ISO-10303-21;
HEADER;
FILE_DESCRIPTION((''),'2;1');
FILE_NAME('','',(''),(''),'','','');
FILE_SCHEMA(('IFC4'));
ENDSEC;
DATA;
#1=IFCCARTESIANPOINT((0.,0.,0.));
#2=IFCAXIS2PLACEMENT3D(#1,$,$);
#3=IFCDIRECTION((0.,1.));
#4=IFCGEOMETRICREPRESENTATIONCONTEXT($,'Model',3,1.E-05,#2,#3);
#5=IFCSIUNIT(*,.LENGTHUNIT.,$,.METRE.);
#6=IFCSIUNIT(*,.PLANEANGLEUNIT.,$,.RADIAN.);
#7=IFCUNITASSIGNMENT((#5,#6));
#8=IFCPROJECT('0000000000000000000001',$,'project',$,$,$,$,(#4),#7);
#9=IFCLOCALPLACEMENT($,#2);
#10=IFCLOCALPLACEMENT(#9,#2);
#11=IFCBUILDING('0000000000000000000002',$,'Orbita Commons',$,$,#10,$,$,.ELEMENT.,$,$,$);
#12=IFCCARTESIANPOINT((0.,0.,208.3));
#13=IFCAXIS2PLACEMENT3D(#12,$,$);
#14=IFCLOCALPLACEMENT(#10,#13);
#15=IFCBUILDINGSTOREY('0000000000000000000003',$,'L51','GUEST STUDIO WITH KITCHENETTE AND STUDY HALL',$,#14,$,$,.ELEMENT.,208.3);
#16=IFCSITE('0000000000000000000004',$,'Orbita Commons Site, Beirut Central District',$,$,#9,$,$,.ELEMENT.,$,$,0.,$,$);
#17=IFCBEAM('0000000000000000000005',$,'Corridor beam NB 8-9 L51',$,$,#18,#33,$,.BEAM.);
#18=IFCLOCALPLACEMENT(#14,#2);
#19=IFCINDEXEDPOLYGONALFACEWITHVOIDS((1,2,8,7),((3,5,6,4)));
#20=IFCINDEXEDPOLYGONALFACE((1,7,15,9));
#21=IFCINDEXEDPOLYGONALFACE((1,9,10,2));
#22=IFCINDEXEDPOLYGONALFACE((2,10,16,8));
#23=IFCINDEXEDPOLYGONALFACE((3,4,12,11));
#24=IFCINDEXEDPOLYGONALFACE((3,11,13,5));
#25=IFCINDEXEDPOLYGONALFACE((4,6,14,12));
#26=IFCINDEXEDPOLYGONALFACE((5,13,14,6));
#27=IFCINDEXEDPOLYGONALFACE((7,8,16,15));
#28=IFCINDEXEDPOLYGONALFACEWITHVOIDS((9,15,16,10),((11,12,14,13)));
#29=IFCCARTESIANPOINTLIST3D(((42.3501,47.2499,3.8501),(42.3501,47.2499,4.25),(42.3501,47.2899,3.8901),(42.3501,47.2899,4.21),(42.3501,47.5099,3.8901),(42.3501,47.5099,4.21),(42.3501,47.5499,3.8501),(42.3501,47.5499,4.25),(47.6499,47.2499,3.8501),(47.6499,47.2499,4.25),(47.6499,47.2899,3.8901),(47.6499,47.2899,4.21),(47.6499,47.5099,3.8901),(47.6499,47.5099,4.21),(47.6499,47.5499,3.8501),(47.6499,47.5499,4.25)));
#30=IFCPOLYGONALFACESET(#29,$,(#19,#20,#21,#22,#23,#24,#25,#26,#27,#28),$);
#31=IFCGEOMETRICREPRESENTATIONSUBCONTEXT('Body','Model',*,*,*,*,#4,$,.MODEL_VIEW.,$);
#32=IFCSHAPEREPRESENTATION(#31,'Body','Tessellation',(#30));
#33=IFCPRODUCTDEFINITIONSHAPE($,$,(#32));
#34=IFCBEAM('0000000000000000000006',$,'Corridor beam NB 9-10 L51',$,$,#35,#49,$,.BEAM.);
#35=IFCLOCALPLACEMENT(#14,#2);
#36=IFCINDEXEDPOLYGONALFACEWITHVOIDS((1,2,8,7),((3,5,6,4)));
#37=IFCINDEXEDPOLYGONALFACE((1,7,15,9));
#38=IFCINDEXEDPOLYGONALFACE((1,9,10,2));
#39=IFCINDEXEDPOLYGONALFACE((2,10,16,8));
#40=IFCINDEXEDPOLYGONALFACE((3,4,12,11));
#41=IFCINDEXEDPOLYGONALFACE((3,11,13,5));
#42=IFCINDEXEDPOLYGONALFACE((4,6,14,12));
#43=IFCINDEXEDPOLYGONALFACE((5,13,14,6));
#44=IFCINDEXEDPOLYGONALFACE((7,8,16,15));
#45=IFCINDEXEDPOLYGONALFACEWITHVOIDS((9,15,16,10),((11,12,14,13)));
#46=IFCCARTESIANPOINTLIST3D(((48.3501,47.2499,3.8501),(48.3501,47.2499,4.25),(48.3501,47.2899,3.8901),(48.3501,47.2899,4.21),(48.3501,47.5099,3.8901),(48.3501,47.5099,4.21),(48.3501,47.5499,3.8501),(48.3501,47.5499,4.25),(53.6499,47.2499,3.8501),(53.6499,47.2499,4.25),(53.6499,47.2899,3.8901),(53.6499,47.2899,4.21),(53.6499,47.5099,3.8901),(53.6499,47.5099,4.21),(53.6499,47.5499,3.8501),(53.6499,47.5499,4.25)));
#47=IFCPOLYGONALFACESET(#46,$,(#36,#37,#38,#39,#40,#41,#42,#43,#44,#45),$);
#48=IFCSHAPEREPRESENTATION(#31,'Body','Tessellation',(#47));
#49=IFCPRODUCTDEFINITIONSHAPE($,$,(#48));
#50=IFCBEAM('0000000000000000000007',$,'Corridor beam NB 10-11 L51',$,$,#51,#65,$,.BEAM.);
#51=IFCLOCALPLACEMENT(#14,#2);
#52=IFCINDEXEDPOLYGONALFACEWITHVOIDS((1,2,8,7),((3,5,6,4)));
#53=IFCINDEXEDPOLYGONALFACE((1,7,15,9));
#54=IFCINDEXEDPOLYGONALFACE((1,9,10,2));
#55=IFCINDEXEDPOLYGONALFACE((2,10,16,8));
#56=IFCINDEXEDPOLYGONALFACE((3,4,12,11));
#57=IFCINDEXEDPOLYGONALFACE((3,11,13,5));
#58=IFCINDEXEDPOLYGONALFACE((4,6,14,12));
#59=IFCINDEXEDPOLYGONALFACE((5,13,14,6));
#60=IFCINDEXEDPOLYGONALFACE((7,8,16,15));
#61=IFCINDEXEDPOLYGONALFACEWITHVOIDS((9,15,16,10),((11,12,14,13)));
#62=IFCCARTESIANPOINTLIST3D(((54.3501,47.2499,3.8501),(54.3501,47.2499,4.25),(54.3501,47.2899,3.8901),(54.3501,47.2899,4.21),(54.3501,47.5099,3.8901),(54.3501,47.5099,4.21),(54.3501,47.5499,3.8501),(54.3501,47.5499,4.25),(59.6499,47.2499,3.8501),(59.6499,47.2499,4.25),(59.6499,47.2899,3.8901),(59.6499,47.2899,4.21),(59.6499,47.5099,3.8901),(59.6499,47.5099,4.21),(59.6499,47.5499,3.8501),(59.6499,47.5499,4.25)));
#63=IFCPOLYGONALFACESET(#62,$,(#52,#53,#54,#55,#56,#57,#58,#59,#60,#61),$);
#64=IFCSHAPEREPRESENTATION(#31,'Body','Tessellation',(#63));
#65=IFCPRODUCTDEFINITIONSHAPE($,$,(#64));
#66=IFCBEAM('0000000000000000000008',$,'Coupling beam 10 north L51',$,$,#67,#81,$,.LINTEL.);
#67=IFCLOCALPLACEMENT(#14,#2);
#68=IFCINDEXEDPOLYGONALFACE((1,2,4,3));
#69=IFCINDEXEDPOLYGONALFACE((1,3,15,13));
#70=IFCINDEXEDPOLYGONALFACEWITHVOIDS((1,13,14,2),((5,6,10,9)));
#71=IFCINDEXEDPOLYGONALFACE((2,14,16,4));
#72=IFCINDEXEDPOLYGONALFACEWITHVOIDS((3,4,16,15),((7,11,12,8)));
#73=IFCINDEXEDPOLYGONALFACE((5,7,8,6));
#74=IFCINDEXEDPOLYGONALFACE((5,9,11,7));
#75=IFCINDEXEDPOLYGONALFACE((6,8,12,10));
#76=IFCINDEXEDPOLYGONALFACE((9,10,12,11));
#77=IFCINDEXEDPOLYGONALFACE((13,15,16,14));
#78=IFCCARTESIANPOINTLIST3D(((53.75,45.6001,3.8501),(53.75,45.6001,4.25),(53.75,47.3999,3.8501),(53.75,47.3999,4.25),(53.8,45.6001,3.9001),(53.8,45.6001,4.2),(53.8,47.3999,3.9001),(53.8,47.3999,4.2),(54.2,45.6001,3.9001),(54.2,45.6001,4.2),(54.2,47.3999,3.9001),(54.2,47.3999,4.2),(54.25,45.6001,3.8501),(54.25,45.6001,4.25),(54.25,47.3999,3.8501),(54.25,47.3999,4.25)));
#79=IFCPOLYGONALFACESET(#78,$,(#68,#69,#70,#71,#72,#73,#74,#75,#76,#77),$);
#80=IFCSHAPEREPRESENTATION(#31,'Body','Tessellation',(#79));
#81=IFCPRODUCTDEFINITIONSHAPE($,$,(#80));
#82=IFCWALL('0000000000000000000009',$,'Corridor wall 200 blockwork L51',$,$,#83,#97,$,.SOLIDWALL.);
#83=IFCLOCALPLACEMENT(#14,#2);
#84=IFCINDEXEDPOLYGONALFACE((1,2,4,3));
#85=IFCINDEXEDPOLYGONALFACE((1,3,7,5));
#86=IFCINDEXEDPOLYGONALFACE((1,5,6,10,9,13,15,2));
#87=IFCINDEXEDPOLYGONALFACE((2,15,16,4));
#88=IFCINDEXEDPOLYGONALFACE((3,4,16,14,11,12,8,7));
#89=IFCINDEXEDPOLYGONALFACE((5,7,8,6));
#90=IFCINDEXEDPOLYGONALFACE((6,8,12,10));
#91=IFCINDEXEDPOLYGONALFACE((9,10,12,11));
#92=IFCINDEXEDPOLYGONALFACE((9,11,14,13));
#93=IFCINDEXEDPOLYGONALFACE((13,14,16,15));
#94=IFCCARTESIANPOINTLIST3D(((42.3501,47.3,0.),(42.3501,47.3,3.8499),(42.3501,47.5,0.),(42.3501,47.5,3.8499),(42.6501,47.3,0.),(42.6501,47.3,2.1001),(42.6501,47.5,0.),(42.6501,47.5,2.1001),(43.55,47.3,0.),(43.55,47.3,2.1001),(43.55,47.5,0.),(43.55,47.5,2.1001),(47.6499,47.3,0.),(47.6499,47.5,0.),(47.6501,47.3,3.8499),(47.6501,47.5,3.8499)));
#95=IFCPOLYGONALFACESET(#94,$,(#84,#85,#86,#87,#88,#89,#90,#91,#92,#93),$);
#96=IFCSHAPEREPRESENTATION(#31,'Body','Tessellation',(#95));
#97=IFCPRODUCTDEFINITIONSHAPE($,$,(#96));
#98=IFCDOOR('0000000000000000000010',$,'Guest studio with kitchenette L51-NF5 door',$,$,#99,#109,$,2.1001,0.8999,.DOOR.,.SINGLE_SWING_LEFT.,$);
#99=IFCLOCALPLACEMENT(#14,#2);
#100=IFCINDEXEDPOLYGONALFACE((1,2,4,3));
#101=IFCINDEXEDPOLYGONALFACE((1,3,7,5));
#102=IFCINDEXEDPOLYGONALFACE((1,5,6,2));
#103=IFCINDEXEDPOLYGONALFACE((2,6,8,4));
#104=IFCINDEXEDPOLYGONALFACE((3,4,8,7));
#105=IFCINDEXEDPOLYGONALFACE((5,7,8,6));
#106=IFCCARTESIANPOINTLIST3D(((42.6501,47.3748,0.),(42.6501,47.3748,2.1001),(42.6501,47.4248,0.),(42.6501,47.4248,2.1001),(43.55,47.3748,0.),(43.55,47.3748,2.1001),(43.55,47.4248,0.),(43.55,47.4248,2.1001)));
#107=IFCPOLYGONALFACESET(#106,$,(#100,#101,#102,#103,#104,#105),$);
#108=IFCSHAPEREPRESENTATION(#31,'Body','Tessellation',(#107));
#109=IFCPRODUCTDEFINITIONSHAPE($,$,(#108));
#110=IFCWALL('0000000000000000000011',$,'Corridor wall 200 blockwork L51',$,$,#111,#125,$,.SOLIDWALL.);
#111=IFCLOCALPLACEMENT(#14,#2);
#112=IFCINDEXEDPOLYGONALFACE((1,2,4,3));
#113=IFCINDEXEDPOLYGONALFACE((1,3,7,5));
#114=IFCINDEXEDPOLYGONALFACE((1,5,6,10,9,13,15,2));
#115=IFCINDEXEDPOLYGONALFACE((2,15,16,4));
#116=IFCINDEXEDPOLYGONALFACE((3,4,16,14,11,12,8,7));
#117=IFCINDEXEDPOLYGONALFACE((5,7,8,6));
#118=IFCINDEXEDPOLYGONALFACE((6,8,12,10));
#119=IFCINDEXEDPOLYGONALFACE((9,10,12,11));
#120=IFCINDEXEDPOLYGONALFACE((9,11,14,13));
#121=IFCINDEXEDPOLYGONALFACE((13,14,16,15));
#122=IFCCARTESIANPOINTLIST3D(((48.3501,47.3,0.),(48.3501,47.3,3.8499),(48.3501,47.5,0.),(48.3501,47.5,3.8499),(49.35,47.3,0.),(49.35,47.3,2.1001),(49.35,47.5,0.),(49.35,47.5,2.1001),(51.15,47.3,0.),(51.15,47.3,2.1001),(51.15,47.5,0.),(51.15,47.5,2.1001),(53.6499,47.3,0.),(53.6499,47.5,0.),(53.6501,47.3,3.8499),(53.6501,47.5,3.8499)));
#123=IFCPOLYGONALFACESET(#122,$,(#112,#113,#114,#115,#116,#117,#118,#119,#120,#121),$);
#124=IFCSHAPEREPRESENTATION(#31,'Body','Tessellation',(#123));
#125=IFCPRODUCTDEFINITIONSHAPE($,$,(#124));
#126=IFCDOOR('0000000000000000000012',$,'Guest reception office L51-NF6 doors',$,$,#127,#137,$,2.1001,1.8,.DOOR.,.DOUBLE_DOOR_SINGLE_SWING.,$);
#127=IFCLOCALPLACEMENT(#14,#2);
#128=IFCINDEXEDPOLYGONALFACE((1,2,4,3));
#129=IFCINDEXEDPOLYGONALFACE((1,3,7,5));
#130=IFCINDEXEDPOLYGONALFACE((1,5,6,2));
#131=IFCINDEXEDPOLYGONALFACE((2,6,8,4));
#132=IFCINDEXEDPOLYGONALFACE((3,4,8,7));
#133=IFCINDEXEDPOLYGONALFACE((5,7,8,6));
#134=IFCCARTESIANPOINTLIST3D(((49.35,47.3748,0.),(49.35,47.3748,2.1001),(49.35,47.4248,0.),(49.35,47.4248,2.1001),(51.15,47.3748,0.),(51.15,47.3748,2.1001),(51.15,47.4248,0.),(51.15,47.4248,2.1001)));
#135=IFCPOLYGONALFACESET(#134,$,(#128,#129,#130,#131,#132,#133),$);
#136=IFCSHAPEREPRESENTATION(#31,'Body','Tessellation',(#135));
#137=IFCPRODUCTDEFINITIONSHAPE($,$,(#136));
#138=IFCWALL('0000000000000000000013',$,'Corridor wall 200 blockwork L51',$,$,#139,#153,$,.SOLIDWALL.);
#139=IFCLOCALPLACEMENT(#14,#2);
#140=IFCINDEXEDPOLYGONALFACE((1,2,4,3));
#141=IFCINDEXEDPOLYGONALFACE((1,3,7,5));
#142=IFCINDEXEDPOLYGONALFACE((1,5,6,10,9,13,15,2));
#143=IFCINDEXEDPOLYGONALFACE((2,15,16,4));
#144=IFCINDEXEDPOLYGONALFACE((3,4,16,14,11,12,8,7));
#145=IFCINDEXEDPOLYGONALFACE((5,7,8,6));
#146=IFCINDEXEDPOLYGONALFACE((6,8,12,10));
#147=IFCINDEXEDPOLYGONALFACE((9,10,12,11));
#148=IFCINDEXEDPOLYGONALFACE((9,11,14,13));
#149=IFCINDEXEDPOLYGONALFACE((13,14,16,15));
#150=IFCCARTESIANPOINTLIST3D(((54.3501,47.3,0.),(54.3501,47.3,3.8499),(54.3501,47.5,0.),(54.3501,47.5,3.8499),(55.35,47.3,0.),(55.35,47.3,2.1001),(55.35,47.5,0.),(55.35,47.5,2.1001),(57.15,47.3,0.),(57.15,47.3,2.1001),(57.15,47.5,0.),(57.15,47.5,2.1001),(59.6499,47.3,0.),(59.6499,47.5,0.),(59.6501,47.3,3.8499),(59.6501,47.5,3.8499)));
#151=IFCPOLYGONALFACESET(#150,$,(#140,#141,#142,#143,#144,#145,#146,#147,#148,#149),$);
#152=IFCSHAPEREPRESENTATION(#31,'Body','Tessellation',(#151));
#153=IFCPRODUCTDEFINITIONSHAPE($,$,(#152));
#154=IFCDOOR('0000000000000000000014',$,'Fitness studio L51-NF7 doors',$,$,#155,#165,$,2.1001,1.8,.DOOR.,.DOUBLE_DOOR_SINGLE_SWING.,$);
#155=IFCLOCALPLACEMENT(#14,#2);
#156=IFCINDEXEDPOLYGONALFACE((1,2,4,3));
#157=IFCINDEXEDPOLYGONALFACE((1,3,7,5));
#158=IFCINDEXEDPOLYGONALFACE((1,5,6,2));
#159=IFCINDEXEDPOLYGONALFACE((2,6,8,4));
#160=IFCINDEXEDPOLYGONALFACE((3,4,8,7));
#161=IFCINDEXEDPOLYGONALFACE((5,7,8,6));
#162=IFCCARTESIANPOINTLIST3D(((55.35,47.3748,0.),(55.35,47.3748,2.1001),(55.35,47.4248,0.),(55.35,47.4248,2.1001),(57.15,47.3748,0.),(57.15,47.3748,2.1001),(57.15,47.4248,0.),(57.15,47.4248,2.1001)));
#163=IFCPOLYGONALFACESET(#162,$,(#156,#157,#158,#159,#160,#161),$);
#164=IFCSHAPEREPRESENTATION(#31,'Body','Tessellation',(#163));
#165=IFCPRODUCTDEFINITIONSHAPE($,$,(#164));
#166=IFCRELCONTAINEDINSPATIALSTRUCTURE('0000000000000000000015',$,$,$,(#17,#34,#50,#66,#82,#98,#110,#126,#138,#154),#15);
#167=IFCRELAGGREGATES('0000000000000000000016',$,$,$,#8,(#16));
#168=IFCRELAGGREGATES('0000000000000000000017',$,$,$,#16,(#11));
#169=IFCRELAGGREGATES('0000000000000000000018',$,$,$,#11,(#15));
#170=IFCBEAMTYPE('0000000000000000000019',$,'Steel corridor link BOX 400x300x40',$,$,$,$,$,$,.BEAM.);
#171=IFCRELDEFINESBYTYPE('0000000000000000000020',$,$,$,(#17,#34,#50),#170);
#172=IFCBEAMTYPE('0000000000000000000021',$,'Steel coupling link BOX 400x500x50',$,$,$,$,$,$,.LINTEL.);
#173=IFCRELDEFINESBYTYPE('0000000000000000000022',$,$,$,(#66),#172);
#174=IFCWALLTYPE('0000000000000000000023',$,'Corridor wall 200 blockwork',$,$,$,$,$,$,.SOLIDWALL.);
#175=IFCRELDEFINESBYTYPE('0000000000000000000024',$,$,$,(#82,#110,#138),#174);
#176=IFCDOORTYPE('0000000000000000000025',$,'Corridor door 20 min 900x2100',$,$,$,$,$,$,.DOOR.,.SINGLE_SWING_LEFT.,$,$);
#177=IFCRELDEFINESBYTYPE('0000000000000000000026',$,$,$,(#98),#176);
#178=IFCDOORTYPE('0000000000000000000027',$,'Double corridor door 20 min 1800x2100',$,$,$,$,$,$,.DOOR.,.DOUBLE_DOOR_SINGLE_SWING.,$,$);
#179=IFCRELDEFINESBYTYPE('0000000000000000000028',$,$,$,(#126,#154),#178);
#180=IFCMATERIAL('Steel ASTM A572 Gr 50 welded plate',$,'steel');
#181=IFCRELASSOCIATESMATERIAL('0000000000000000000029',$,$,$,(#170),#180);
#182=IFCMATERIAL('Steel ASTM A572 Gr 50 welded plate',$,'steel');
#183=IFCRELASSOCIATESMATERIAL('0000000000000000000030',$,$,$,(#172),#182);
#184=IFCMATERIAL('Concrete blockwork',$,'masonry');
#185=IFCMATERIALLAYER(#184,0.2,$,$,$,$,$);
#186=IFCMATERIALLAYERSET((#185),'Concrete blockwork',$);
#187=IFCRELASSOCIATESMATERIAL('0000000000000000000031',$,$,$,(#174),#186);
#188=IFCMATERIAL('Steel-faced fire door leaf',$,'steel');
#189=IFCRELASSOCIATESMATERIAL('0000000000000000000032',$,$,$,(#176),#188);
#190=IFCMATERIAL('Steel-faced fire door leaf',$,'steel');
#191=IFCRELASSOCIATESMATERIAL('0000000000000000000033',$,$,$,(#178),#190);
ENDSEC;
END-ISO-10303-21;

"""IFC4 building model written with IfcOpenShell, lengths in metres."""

from ifc_helpers import new_model, si_unit, direction, frame, frame_2d, origin, origin_2d, place, context, subcontext, project, spatial, polyline, rectangle, hollow_rectangle, outline, extrude, material, layer, layer_set, material_profile, profile_set, type_object, element, fill, save


model = new_model("IFC4")

# Units and contexts
model_context = context("Model", 3, precision=1e-05, world=origin(), true_north=direction((0.0, 1.0)))
body_context = subcontext(model_context, "Body", "Model", "MODEL_VIEW")
ifc_project = project(units=[si_unit("LENGTHUNIT", "METRE"), si_unit("PLANEANGLEUNIT", "RADIAN")], contexts=[model_context])

# Site, building, storey
site_placement = place(None, origin())
site = spatial("IfcSite", under=ifc_project, at=site_placement, Name="Orbita Commons Site, Beirut Central District", CompositionType="ELEMENT", RefElevation=0.0)
building_placement = place(site_placement, origin())
building = spatial("IfcBuilding", under=site, at=building_placement, Name="Orbita Commons", CompositionType="ELEMENT")
storey_placement = place(building_placement, frame((0.0, 0.0, 208.3)))
storey = spatial("IfcBuildingStorey", under=building, at=storey_placement, Name="L51", Description="GUEST STUDIO WITH KITCHENETTE AND STUDY HALL", CompositionType="ELEMENT", Elevation=208.3)

# Beams
ifc_material_1 = material(Name="Steel ASTM A572 Gr 50 welded plate", Category="steel")
ifc_material_profile_1 = material_profile(ifc_material_1, hollow_rectangle(XDim=0.3, YDim=0.3999, WallThickness=0.04, at=origin_2d()), Name="BOX 400x300x40")
ifc_profile_set_1 = profile_set([ifc_material_profile_1], Name="Steel ASTM A572 Gr 50 welded plate")
beam_type_1 = type_object("IfcBeamType", Name="Steel corridor link BOX 400x300x40", PredefinedType="BEAM", material=ifc_profile_set_1)
for number, where, z_axis, x_axis, name in (
    (1, (42.3501, 47.3999, 4.05), (1.0, 0.0, 0.0), (0.0, 1.0, 0.0), "Corridor beam NB 8-9 L51"),
    (2, (48.3501, 47.3999, 4.05), (1.0, 0.0, 0.0), (0.0, 1.0, 0.0), "Corridor beam NB 9-10 L51"),
    (3, (54.3501, 47.3999, 4.05), (1.0, 0.0, 0.0), (0.0, 1.0, 0.0), "Corridor beam NB 10-11 L51"),
):
    element("IfcBeam", number, at=place(storey_placement, frame(where, z_axis=z_axis, x_axis=x_axis)), inside=storey, type_object=beam_type_1, Name=name, PredefinedType="BEAM", context=body_context, shape_type="SweptSolid", body=[
        extrude(hollow_rectangle(XDim=0.3, YDim=0.3999, WallThickness=0.04, at=origin_2d()), origin(), (0.0, 0.0, 1.0), 5.2998),
    ])
ifc_material_2 = material(Name="Steel ASTM A572 Gr 50 welded plate", Category="steel")
ifc_material_profile_2 = material_profile(ifc_material_2, hollow_rectangle(XDim=0.5, YDim=0.3999, WallThickness=0.05, at=origin_2d()), Name="BOX 400x500x50")
ifc_profile_set_2 = profile_set([ifc_material_profile_2], Name="Steel ASTM A572 Gr 50 welded plate")
beam_type_2 = type_object("IfcBeamType", Name="Steel coupling link BOX 400x500x50", PredefinedType="LINTEL", material=ifc_profile_set_2)
beam_placement = place(storey_placement, frame((54.0, 45.6001, 4.05), z_axis=(0.0, 1.0, 0.0), x_axis=(-1.0, 0.0, 0.0)))
element("IfcBeam", 4, at=beam_placement, inside=storey, type_object=beam_type_2, Name="Coupling beam 10 north L51", PredefinedType="LINTEL", context=body_context, shape_type="SweptSolid", body=[
    extrude(hollow_rectangle(XDim=0.5, YDim=0.3999, WallThickness=0.05, at=origin_2d()), origin(), (0.0, 0.0, 1.0), 1.7998),
])

# Walls, openings, doors
ifc_material_3 = material(Name="Concrete blockwork", Category="masonry")
ifc_layer_1 = layer(ifc_material_3, 0.2)
ifc_layer_set_1 = layer_set([ifc_layer_1], Name="Concrete blockwork")
wall_type_1 = type_object("IfcWallType", Name="Corridor wall 200 blockwork", PredefinedType="SOLIDWALL", material=ifc_layer_set_1)
wall_1_placement = place(storey_placement, frame((42.3501, 47.3999, 0.0), z_axis=(0.0, 0.0, 1.0), x_axis=(1.0, 0.0, 0.0)))
wall_1 = element("IfcWall", 5, at=wall_1_placement, inside=storey, type_object=wall_type_1, Name="Corridor wall 200 blockwork L51", PredefinedType="SOLIDWALL", context=body_context, shape_type="SweptSolid", body=[
    extrude(outline(polyline([(0.0, 0.0), (5.2998, 0.0), (5.3, 3.8499), (0.0, 3.8499), (0.0, 0.0)])), frame((0.0, 0.1001, 0.0), z_axis=(0.0, -1.0, 0.0), x_axis=(1.0, 0.0, 0.0)), (0.0, 0.0, 1.0), 0.2),
])
opening_1_placement = place(wall_1_placement, frame((0.3, 0.0, 0.0)))
opening_1 = element("IfcOpeningElement", 6, at=opening_1_placement, cuts=wall_1, PredefinedType="OPENING", context=body_context, shape_type="SweptSolid", body=[
    extrude(rectangle(XDim=0.8999, YDim=2.1001, at=frame_2d((0.45, 1.05))), frame((0.0, 0.1099, 0.0), z_axis=(0.0, -1.0, 0.0), x_axis=(1.0, 0.0, 0.0)), (0.0, 0.0, 1.0), 0.22),
])
ifc_material_4 = material(Name="Steel-faced fire door leaf", Category="steel")
door_type_1 = type_object("IfcDoorType", Name="Corridor door 20 min 900x2100", OperationType="SINGLE_SWING_LEFT", PredefinedType="DOOR", material=ifc_material_4)
door_1_placement = place(opening_1_placement, origin())
door_1 = element("IfcDoor", 7, at=door_1_placement, inside=storey, type_object=door_type_1, Name="Guest studio with kitchenette L51-NF5 door", OperationType="SINGLE_SWING_LEFT", OverallHeight=2.1001, OverallWidth=0.8999, PredefinedType="DOOR", context=body_context, shape_type="SweptSolid", body=[
    extrude(rectangle(XDim=0.8999, YDim=2.1001, at=frame_2d((0.45, 1.05))), frame((0.0, 0.0249, 0.0), z_axis=(0.0, -1.0, 0.0), x_axis=(1.0, 0.0, 0.0)), (0.0, 0.0, 1.0), 0.05),
])
fill(opening_1, door_1)
wall_2_placement = place(storey_placement, frame((48.3501, 47.3999, 0.0), z_axis=(0.0, 0.0, 1.0), x_axis=(1.0, 0.0, 0.0)))
wall_2 = element("IfcWall", 8, at=wall_2_placement, inside=storey, type_object=wall_type_1, Name="Corridor wall 200 blockwork L51", PredefinedType="SOLIDWALL", context=body_context, shape_type="SweptSolid", body=[
    extrude(outline(polyline([(0.0, 0.0), (5.2998, 0.0), (5.3, 3.8499), (0.0, 3.8499), (0.0, 0.0)])), frame((0.0, 0.1001, 0.0), z_axis=(0.0, -1.0, 0.0), x_axis=(1.0, 0.0, 0.0)), (0.0, 0.0, 1.0), 0.2),
])
opening_2_placement = place(wall_2_placement, frame((1.0, 0.0, 0.0)))
opening_2 = element("IfcOpeningElement", 9, at=opening_2_placement, cuts=wall_2, PredefinedType="OPENING", context=body_context, shape_type="SweptSolid", body=[
    extrude(rectangle(XDim=1.8, YDim=2.1001, at=frame_2d((0.8999, 1.05))), frame((0.0, 0.1099, 0.0), z_axis=(0.0, -1.0, 0.0), x_axis=(1.0, 0.0, 0.0)), (0.0, 0.0, 1.0), 0.22),
])
ifc_material_5 = material(Name="Steel-faced fire door leaf", Category="steel")
door_type_2 = type_object("IfcDoorType", Name="Double corridor door 20 min 1800x2100", OperationType="DOUBLE_DOOR_SINGLE_SWING", PredefinedType="DOOR", material=ifc_material_5)
door_2_placement = place(opening_2_placement, origin())
door_2 = element("IfcDoor", 10, at=door_2_placement, inside=storey, type_object=door_type_2, Name="Guest reception office L51-NF6 doors", OperationType="DOUBLE_DOOR_SINGLE_SWING", OverallHeight=2.1001, OverallWidth=1.8, PredefinedType="DOOR", context=body_context, shape_type="SweptSolid", body=[
    extrude(rectangle(XDim=1.8, YDim=2.1001, at=frame_2d((0.8999, 1.05))), frame((0.0, 0.0249, 0.0), z_axis=(0.0, -1.0, 0.0), x_axis=(1.0, 0.0, 0.0)), (0.0, 0.0, 1.0), 0.05),
])
fill(opening_2, door_2)
wall_3_placement = place(storey_placement, frame((54.3501, 47.3999, 0.0), z_axis=(0.0, 0.0, 1.0), x_axis=(1.0, 0.0, 0.0)))
wall_3 = element("IfcWall", 11, at=wall_3_placement, inside=storey, type_object=wall_type_1, Name="Corridor wall 200 blockwork L51", PredefinedType="SOLIDWALL", context=body_context, shape_type="SweptSolid", body=[
    extrude(outline(polyline([(0.0, 0.0), (5.2998, 0.0), (5.3, 3.8499), (0.0, 3.8499), (0.0, 0.0)])), frame((0.0, 0.1001, 0.0), z_axis=(0.0, -1.0, 0.0), x_axis=(1.0, 0.0, 0.0)), (0.0, 0.0, 1.0), 0.2),
])
opening_3_placement = place(wall_3_placement, frame((1.0, 0.0, 0.0)))
opening_3 = element("IfcOpeningElement", 12, at=opening_3_placement, cuts=wall_3, PredefinedType="OPENING", context=body_context, shape_type="SweptSolid", body=[
    extrude(rectangle(XDim=1.8, YDim=2.1001, at=frame_2d((0.8999, 1.05))), frame((0.0, 0.1099, 0.0), z_axis=(0.0, -1.0, 0.0), x_axis=(1.0, 0.0, 0.0)), (0.0, 0.0, 1.0), 0.22),
])
door_3_placement = place(opening_3_placement, origin())
door_3 = element("IfcDoor", 13, at=door_3_placement, inside=storey, type_object=door_type_2, Name="Fitness studio L51-NF7 doors", OperationType="DOUBLE_DOOR_SINGLE_SWING", OverallHeight=2.1001, OverallWidth=1.8, PredefinedType="DOOR", context=body_context, shape_type="SweptSolid", body=[
    extrude(rectangle(XDim=1.8, YDim=2.1001, at=frame_2d((0.8999, 1.05))), frame((0.0, 0.0249, 0.0), z_axis=(0.0, -1.0, 0.0), x_axis=(1.0, 0.0, 0.0)), (0.0, 0.0, 1.0), 0.05),
])
fill(opening_3, door_3)

save(model, "model.ifc")
